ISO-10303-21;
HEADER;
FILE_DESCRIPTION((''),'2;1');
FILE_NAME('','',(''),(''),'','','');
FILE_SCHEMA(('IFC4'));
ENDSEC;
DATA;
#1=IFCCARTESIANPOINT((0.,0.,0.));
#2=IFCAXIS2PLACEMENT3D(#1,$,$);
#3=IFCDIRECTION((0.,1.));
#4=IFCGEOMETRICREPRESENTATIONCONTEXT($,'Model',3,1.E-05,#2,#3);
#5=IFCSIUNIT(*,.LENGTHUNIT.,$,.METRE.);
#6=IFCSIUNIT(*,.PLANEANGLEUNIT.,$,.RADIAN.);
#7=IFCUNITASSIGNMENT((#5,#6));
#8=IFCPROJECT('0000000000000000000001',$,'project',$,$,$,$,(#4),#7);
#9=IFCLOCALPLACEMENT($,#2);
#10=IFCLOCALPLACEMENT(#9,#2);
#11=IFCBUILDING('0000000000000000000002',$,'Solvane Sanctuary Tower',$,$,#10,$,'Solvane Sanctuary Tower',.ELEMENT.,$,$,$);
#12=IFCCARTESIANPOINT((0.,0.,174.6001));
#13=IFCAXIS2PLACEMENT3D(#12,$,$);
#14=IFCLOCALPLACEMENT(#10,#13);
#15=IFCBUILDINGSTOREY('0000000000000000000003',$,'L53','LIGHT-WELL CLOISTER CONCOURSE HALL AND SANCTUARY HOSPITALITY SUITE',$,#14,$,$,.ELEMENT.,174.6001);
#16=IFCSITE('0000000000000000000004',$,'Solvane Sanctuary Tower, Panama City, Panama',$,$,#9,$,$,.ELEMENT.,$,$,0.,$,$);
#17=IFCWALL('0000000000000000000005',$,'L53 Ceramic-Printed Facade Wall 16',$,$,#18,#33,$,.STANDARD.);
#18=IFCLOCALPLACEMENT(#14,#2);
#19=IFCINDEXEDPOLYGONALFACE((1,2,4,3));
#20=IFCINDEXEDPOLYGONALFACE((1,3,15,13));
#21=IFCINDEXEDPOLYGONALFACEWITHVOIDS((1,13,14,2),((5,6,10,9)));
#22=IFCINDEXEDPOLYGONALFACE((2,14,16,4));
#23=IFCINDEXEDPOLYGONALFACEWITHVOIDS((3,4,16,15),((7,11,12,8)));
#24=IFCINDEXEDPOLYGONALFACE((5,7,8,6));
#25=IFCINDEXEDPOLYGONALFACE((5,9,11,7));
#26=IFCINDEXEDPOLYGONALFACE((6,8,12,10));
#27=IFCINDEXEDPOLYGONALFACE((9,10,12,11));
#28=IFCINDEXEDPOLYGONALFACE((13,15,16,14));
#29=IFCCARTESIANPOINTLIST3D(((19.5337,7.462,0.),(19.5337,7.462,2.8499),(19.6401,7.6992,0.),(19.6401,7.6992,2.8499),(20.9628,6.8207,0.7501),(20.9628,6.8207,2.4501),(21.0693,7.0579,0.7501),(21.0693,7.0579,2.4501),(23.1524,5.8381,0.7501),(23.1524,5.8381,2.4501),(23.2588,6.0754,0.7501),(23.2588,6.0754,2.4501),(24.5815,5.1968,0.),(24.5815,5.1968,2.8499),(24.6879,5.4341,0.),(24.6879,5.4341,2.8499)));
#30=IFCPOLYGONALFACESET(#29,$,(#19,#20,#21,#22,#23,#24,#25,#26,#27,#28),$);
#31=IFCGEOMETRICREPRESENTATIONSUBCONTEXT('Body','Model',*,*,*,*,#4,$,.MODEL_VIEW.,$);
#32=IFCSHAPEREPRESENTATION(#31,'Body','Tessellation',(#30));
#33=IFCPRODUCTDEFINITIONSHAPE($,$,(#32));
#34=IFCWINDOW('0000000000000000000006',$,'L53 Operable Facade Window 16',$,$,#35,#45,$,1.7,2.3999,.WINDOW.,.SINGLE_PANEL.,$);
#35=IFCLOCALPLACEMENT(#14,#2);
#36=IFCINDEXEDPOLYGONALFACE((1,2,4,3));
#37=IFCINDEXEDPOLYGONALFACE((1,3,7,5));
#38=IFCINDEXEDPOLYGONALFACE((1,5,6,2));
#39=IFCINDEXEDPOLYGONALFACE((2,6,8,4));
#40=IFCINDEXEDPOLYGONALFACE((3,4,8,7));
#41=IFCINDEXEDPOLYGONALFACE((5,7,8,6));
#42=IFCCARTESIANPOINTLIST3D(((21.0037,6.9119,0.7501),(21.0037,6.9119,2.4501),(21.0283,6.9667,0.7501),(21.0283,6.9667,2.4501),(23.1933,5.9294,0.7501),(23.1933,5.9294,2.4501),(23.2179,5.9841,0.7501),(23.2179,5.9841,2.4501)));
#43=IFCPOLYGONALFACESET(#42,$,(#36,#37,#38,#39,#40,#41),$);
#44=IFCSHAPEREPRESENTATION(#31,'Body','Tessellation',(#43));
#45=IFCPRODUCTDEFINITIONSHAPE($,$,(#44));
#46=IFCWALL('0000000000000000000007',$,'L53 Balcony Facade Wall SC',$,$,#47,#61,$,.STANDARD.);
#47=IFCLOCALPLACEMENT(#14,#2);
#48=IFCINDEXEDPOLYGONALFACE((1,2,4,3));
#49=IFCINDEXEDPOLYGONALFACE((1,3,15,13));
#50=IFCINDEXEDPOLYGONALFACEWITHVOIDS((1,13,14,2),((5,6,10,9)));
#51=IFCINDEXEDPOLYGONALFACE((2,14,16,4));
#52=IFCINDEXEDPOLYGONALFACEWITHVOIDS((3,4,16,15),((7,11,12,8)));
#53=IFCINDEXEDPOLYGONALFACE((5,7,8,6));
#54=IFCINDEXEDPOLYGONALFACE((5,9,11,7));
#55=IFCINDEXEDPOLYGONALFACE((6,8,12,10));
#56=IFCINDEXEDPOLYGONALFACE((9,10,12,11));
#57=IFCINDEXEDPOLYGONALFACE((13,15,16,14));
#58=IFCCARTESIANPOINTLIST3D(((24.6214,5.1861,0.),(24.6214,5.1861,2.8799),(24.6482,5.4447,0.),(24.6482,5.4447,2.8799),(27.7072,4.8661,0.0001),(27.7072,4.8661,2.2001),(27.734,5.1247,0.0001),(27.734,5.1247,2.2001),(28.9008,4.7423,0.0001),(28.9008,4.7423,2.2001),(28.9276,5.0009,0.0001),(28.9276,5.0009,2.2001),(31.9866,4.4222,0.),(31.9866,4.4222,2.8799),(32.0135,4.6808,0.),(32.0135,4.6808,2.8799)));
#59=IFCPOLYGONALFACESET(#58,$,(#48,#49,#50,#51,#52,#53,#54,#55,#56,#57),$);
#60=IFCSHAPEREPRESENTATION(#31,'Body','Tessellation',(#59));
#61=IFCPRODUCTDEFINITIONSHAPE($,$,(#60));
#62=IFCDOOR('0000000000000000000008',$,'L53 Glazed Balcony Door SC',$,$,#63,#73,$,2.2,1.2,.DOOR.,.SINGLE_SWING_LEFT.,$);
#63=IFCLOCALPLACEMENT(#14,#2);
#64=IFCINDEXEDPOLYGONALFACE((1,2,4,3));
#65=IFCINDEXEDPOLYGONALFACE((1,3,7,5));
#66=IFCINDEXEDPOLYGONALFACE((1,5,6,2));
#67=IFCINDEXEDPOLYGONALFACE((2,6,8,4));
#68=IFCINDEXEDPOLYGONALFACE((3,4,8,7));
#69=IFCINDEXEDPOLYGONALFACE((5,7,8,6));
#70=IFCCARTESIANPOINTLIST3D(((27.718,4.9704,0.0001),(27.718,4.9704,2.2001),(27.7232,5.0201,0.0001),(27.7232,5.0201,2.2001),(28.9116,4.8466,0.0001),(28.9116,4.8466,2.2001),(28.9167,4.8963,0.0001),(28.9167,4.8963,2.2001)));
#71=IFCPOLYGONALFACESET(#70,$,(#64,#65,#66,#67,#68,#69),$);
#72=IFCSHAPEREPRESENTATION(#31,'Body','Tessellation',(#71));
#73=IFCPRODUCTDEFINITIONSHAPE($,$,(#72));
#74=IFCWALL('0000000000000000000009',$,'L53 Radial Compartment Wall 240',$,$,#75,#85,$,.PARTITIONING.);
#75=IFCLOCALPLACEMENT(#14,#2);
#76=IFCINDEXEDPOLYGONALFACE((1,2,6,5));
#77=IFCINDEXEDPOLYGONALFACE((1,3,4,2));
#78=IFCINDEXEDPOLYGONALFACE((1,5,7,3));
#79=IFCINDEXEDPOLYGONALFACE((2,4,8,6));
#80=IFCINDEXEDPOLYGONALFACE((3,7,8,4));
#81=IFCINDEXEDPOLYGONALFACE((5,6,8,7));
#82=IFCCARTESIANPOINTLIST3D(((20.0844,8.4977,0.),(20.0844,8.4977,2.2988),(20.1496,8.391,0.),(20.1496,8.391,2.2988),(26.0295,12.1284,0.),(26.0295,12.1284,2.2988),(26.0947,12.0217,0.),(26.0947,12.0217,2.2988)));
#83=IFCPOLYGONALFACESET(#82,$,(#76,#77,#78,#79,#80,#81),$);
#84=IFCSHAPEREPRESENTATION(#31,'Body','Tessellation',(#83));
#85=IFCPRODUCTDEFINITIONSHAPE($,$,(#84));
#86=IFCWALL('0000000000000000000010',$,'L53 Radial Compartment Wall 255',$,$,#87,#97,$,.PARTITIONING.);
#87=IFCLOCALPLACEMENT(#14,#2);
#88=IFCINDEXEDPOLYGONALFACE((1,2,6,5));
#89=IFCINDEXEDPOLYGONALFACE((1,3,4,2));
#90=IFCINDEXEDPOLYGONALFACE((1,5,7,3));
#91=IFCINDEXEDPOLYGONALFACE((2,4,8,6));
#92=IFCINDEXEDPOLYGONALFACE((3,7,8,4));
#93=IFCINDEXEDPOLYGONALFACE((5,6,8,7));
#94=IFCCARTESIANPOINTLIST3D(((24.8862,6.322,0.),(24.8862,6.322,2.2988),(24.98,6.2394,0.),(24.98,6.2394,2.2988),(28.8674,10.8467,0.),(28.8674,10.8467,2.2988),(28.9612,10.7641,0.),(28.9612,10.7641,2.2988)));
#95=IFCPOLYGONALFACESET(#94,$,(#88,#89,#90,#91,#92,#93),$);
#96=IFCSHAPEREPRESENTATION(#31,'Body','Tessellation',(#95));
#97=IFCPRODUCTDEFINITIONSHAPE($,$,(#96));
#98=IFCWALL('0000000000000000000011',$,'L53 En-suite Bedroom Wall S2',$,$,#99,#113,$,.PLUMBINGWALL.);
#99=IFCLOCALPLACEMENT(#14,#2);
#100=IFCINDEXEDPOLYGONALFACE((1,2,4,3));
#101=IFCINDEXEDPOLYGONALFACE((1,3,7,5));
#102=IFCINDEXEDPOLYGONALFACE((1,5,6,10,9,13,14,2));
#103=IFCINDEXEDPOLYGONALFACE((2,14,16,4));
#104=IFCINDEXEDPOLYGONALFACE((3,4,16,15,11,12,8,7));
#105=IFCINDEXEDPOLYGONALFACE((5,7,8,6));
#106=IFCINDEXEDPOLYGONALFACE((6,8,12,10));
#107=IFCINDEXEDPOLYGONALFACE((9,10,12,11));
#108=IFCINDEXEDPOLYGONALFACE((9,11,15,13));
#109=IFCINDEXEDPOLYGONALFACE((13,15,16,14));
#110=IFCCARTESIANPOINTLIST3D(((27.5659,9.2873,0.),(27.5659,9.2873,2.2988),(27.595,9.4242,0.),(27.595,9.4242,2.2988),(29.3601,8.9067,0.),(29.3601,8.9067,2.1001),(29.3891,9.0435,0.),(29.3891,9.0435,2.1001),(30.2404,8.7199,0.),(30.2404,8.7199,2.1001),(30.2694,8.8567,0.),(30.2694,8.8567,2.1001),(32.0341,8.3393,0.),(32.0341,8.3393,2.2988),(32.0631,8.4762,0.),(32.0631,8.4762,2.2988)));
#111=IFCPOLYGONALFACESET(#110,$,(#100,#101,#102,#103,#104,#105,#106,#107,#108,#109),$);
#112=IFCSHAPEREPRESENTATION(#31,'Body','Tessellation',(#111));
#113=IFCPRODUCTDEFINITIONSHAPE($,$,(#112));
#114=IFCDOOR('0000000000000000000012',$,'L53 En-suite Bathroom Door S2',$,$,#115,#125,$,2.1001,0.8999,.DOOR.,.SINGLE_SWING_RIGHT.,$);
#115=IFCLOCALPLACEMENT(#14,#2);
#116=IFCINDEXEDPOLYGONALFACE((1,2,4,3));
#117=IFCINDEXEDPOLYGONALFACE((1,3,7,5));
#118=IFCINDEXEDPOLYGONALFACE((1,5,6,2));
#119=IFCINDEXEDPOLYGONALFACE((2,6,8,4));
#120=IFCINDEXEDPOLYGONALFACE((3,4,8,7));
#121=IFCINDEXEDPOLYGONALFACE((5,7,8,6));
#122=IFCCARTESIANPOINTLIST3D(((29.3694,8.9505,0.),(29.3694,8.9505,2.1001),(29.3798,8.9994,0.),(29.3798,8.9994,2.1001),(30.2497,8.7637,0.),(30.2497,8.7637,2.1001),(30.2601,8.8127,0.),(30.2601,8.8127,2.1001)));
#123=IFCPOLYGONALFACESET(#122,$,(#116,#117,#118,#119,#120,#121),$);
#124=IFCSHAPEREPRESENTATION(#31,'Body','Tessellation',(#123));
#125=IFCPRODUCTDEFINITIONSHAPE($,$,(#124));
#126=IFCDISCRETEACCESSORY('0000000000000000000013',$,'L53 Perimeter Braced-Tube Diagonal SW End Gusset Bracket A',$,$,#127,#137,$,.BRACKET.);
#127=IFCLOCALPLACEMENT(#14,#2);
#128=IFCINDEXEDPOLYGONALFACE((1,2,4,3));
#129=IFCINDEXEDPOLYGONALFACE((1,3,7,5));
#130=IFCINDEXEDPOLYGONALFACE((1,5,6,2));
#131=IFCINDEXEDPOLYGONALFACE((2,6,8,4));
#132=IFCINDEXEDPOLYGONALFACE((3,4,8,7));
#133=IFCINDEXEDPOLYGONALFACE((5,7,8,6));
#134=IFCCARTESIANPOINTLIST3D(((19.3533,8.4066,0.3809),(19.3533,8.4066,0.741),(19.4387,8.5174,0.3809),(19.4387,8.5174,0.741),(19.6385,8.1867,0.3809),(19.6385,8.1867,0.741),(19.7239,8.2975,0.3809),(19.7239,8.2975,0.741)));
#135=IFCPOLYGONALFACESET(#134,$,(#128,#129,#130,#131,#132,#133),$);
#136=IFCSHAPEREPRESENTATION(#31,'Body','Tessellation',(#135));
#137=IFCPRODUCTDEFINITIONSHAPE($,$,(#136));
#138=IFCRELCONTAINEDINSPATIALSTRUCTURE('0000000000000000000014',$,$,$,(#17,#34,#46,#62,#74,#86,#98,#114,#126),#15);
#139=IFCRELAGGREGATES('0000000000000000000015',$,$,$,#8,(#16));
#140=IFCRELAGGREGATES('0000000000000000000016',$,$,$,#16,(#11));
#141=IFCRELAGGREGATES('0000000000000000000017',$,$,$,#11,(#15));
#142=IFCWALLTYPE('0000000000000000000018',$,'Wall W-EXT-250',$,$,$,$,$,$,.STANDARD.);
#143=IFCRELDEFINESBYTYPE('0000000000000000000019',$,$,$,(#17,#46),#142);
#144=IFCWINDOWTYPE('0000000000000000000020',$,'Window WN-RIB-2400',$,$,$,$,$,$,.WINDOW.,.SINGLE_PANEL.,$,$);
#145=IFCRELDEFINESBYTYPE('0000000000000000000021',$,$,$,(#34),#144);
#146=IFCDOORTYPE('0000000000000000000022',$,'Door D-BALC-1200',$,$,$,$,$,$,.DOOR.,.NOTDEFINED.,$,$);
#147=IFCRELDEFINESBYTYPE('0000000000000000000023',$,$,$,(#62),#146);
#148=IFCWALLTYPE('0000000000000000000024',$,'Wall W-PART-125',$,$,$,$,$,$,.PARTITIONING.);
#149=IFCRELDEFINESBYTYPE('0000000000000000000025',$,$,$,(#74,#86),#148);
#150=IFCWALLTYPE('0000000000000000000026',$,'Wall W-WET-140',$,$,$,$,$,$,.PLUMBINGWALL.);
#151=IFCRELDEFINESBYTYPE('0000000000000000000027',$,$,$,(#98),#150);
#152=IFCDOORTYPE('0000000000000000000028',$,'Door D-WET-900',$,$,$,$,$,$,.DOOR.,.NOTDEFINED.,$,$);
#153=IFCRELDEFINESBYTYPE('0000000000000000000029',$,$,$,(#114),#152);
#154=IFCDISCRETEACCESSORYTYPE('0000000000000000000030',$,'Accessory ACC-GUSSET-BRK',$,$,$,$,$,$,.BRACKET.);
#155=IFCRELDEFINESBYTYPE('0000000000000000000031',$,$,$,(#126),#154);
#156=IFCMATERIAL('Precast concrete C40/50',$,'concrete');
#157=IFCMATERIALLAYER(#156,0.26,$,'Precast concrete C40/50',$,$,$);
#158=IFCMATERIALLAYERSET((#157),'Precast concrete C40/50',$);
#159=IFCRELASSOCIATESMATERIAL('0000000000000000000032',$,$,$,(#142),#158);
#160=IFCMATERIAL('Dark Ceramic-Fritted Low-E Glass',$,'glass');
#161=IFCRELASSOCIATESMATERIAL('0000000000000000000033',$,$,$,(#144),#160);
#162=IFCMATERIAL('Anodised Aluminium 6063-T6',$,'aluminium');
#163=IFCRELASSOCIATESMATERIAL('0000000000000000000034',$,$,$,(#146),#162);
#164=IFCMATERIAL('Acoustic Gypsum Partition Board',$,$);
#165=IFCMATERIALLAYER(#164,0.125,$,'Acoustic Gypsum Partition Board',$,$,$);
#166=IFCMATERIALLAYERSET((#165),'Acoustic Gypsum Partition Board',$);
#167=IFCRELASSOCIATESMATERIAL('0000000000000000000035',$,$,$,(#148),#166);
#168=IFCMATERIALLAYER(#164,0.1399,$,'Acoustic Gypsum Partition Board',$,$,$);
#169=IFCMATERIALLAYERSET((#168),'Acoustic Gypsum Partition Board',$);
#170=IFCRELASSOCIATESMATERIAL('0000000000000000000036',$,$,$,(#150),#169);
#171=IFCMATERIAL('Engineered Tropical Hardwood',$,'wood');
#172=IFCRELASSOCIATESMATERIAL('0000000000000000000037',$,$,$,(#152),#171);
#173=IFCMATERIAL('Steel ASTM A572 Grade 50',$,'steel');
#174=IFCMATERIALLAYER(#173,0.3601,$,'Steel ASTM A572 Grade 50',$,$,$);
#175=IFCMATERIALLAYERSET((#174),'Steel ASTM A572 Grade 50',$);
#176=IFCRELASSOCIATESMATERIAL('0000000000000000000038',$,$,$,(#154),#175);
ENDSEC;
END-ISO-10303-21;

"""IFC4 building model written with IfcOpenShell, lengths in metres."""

from ifc_helpers import new_model, si_unit, direction, frame, frame_2d, origin, origin_2d, place, context, subcontext, project, spatial, rectangle, extrude, material, layer, layer_set, type_object, element, fill, save


model = new_model("IFC4")

# Units and contexts
model_context = context("Model", 3, precision=1e-05, world=origin(), true_north=direction((0.0, 1.0)))
body_context = subcontext(model_context, "Body", "Model", "MODEL_VIEW")
ifc_project = project(units=[si_unit("LENGTHUNIT", "METRE"), si_unit("PLANEANGLEUNIT", "RADIAN")], contexts=[model_context])

# Site, building, storey
site_placement = place(None, origin())
site = spatial("IfcSite", under=ifc_project, at=site_placement, Name="Solvane Sanctuary Tower, Panama City, Panama", CompositionType="ELEMENT", RefElevation=0.0)
building_placement = place(site_placement, origin())
building = spatial("IfcBuilding", under=site, at=building_placement, Name="Solvane Sanctuary Tower", LongName="Solvane Sanctuary Tower", CompositionType="ELEMENT")
storey_placement = place(building_placement, frame((0.0, 0.0, 174.6001)))
storey = spatial("IfcBuildingStorey", under=building, at=storey_placement, Name="L53", Description="LIGHT-WELL CLOISTER CONCOURSE HALL AND SANCTUARY HOSPITALITY SUITE", CompositionType="ELEMENT", Elevation=174.6001)

# Shared definitions
ifc_material_1 = material(Name="Acoustic Gypsum Partition Board")

# Shared definitions
ifc_material_2 = material(Name="Engineered Tropical Hardwood", Category="wood")

# Wall, opening, window
ifc_material_3 = material(Name="Precast concrete C40/50", Category="concrete")
ifc_layer_1 = layer(ifc_material_3, 0.26, Name="Precast concrete C40/50")
ifc_layer_set_1 = layer_set([ifc_layer_1], Name="Precast concrete C40/50")
wall_type_1 = type_object("IfcWallType", Name="Wall W-EXT-250", PredefinedType="STANDARD", material=ifc_layer_set_1)
wall_1_placement = place(storey_placement, frame((19.5869, 7.5806, 0.0), z_axis=(0.0, 0.0, 1.0), x_axis=(0.912354, -0.409403, 0.0)))
wall_1 = element("IfcWall", 1, at=wall_1_placement, inside=storey, type_object=wall_type_1, Name="L53 Ceramic-Printed Facade Wall 16", PredefinedType="STANDARD", context=body_context, shape_type="SweptSolid", body=[
    extrude(rectangle(XDim=5.5327, YDim=0.26, at=frame_2d((2.7664, 0.0))), origin(), (0.0, 0.0, 1.0), 2.8499),
])
opening_1_placement = place(wall_1_placement, frame((1.5664, 0.0, 0.75)))
opening_1 = element("IfcOpeningElement", 2, at=opening_1_placement, cuts=wall_1, PredefinedType="OPENING", context=body_context, shape_type="SweptSolid", body=[
    extrude(rectangle(XDim=2.3999, YDim=1.7, at=frame_2d((1.2, 0.8501))), frame((0.0, 0.1399, 0.0), z_axis=(0.0, -1.0, 0.0), x_axis=(1.0, 0.0, 0.0)), (0.0, 0.0, 1.0), 0.28),
])
ifc_material_4 = material(Name="Dark Ceramic-Fritted Low-E Glass", Category="glass")
window_type = type_object("IfcWindowType", Name="Window WN-RIB-2400", PartitioningType="SINGLE_PANEL", PredefinedType="WINDOW", material=ifc_material_4)
window_placement = place(opening_1_placement, origin())
window = element("IfcWindow", 3, at=window_placement, inside=storey, type_object=window_type, Name="L53 Operable Facade Window 16", OverallHeight=1.7, OverallWidth=2.3999, PartitioningType="SINGLE_PANEL", PredefinedType="WINDOW", context=body_context, shape_type="SweptSolid", body=[
    extrude(rectangle(XDim=2.3999, YDim=1.7, at=frame_2d((1.2, 0.8501))), frame((0.0, 0.03, 0.0), z_axis=(0.0, -1.0, 0.0), x_axis=(1.0, 0.0, 0.0)), (0.0, 0.0, 1.0), 0.0601),
])
fill(opening_1, window)

# Wall, opening, door
wall_2_placement = place(storey_placement, frame((24.6348, 5.3154, 0.0), z_axis=(0.0, 0.0, 1.0), x_axis=(0.994664, -0.103166, 0.0)))
wall_2 = element("IfcWall", 4, at=wall_2_placement, inside=storey, type_object=wall_type_1, Name="L53 Balcony Facade Wall SC", PredefinedType="STANDARD", context=body_context, shape_type="SweptSolid", body=[
    extrude(rectangle(XDim=7.4048, YDim=0.26, at=frame_2d((3.7024, 0.0))), origin(), (0.0, 0.0, 1.0), 2.8799),
])
opening_2_placement = place(wall_2_placement, frame((3.1023, 0.0, 0.0)))
opening_2 = element("IfcOpeningElement", 5, at=opening_2_placement, cuts=wall_2, PredefinedType="OPENING", context=body_context, shape_type="SweptSolid", body=[
    extrude(rectangle(XDim=1.2, YDim=2.2, at=frame_2d((0.6001, 1.1001))), frame((0.0, 0.1399, 0.0), z_axis=(0.0, -1.0, 0.0), x_axis=(1.0, 0.0, 0.0)), (0.0, 0.0, 1.0), 0.28),
])
ifc_material_5 = material(Name="Anodised Aluminium 6063-T6", Category="aluminium")
door_type_1 = type_object("IfcDoorType", Name="Door D-BALC-1200", OperationType="NOTDEFINED", PredefinedType="DOOR", material=ifc_material_5)
door_1_placement = place(opening_2_placement, origin())
door_1 = element("IfcDoor", 6, at=door_1_placement, inside=storey, type_object=door_type_1, Name="L53 Glazed Balcony Door SC", OperationType="SINGLE_SWING_LEFT", OverallHeight=2.2, OverallWidth=1.2, PredefinedType="DOOR", context=body_context, shape_type="SweptSolid", body=[
    extrude(rectangle(XDim=1.2, YDim=2.2, at=frame_2d((0.6001, 1.1001))), frame((0.0, 0.0249, 0.0), z_axis=(0.0, -1.0, 0.0), x_axis=(1.0, 0.0, 0.0)), (0.0, 0.0, 1.0), 0.05),
])
fill(opening_2, door_1)

# Walls
ifc_layer_2 = layer(ifc_material_1, 0.125, Name="Acoustic Gypsum Partition Board")
ifc_layer_set_2 = layer_set([ifc_layer_2], Name="Acoustic Gypsum Partition Board")
wall_type_2 = type_object("IfcWallType", Name="Wall W-PART-125", PredefinedType="PARTITIONING", material=ifc_layer_set_2)
wall_3_placement = place(storey_placement, frame((26.062, 12.075, 0.0), z_axis=(0.0, 0.0, 1.0), x_axis=(-0.85344, -0.521191, 0.0)))
element("IfcWall", 7, at=wall_3_placement, inside=storey, type_object=wall_type_2, Name="L53 Radial Compartment Wall 240", PredefinedType="PARTITIONING", context=body_context, shape_type="SweptSolid", body=[
    extrude(rectangle(XDim=6.9661, YDim=0.125, at=frame_2d((3.4829, 0.0))), origin(), (0.0, 0.0, 1.0), 2.2988),
])
wall_4_placement = place(storey_placement, frame((28.9143, 10.8054, 0.0), z_axis=(0.0, 0.0, 1.0), x_axis=(-0.660581, -0.750754, 0.0)))
element("IfcWall", 8, at=wall_4_placement, inside=storey, type_object=wall_type_2, Name="L53 Radial Compartment Wall 255", PredefinedType="PARTITIONING", context=body_context, shape_type="SweptSolid", body=[
    extrude(rectangle(XDim=6.0269, YDim=0.125, at=frame_2d((3.0134, 0.0))), origin(), (0.0, 0.0, 1.0), 2.2988),
])

# Wall, opening, door
ifc_layer_3 = layer(ifc_material_1, 0.1399, Name="Acoustic Gypsum Partition Board")
ifc_layer_set_3 = layer_set([ifc_layer_3], Name="Acoustic Gypsum Partition Board")
wall_type_3 = type_object("IfcWallType", Name="Wall W-WET-140", PredefinedType="PLUMBINGWALL", material=ifc_layer_set_3)
wall_5_placement = place(storey_placement, frame((27.5806, 9.3557, 0.0), z_axis=(0.0, 0.0, 1.0), x_axis=(0.978226, -0.207543, 0.0)))
wall_5 = element("IfcWall", 9, at=wall_5_placement, inside=storey, type_object=wall_type_3, Name="L53 En-suite Bedroom Wall S2", PredefinedType="PLUMBINGWALL", context=body_context, shape_type="SweptSolid", body=[
    extrude(rectangle(XDim=4.5676, YDim=0.1399, at=frame_2d((2.2837, 0.0))), origin(), (0.0, 0.0, 1.0), 2.2988),
])
opening_3_placement = place(wall_5_placement, frame((1.834, 0.0, 0.0)))
opening_3 = element("IfcOpeningElement", 10, at=opening_3_placement, cuts=wall_5, PredefinedType="OPENING", context=body_context, shape_type="SweptSolid", body=[
    extrude(rectangle(XDim=0.8999, YDim=2.1001, at=frame_2d((0.45, 1.05))), frame((0.0, 0.0798, 0.0), z_axis=(0.0, -1.0, 0.0), x_axis=(1.0, 0.0, 0.0)), (0.0, 0.0, 1.0), 0.1599),
])
door_type_2 = type_object("IfcDoorType", Name="Door D-WET-900", OperationType="NOTDEFINED", PredefinedType="DOOR", material=ifc_material_2)
door_2_placement = place(opening_3_placement, origin())
door_2 = element("IfcDoor", 11, at=door_2_placement, inside=storey, type_object=door_type_2, Name="L53 En-suite Bathroom Door S2", OperationType="SINGLE_SWING_RIGHT", OverallHeight=2.1001, OverallWidth=0.8999, PredefinedType="DOOR", context=body_context, shape_type="SweptSolid", body=[
    extrude(rectangle(XDim=0.8999, YDim=2.1001, at=frame_2d((0.45, 1.05))), frame((0.0, 0.0249, 0.0), z_axis=(0.0, -1.0, 0.0), x_axis=(1.0, 0.0, 0.0)), (0.0, 0.0, 1.0), 0.05),
])
fill(opening_3, door_2)

# Discrete accessory
ifc_material_6 = material(Name="Steel ASTM A572 Grade 50", Category="steel")
ifc_layer_4 = layer(ifc_material_6, 0.3601, Name="Steel ASTM A572 Grade 50")
ifc_layer_set_4 = layer_set([ifc_layer_4], Name="Steel ASTM A572 Grade 50")
discrete_accessory_type = type_object("IfcDiscreteAccessoryType", Name="Accessory ACC-GUSSET-BRK", PredefinedType="BRACKET", material=ifc_layer_set_4)
discrete_accessory_placement = place(storey_placement, frame((19.5386, 8.3521, 0.3809), z_axis=(0.0, 0.0, 1.0), x_axis=(-0.792077, 0.610422, 0.0)))
element("IfcDiscreteAccessory", 12, at=discrete_accessory_placement, inside=storey, type_object=discrete_accessory_type, Name="L53 Perimeter Braced-Tube Diagonal SW End Gusset Bracket A", PredefinedType="BRACKET", context=body_context, shape_type="SweptSolid", body=[
    extrude(rectangle(XDim=0.3601, YDim=0.1399, at=origin_2d()), origin(), (0.0, 0.0, 1.0), 0.3601),
])

save(model, "model.ifc")
